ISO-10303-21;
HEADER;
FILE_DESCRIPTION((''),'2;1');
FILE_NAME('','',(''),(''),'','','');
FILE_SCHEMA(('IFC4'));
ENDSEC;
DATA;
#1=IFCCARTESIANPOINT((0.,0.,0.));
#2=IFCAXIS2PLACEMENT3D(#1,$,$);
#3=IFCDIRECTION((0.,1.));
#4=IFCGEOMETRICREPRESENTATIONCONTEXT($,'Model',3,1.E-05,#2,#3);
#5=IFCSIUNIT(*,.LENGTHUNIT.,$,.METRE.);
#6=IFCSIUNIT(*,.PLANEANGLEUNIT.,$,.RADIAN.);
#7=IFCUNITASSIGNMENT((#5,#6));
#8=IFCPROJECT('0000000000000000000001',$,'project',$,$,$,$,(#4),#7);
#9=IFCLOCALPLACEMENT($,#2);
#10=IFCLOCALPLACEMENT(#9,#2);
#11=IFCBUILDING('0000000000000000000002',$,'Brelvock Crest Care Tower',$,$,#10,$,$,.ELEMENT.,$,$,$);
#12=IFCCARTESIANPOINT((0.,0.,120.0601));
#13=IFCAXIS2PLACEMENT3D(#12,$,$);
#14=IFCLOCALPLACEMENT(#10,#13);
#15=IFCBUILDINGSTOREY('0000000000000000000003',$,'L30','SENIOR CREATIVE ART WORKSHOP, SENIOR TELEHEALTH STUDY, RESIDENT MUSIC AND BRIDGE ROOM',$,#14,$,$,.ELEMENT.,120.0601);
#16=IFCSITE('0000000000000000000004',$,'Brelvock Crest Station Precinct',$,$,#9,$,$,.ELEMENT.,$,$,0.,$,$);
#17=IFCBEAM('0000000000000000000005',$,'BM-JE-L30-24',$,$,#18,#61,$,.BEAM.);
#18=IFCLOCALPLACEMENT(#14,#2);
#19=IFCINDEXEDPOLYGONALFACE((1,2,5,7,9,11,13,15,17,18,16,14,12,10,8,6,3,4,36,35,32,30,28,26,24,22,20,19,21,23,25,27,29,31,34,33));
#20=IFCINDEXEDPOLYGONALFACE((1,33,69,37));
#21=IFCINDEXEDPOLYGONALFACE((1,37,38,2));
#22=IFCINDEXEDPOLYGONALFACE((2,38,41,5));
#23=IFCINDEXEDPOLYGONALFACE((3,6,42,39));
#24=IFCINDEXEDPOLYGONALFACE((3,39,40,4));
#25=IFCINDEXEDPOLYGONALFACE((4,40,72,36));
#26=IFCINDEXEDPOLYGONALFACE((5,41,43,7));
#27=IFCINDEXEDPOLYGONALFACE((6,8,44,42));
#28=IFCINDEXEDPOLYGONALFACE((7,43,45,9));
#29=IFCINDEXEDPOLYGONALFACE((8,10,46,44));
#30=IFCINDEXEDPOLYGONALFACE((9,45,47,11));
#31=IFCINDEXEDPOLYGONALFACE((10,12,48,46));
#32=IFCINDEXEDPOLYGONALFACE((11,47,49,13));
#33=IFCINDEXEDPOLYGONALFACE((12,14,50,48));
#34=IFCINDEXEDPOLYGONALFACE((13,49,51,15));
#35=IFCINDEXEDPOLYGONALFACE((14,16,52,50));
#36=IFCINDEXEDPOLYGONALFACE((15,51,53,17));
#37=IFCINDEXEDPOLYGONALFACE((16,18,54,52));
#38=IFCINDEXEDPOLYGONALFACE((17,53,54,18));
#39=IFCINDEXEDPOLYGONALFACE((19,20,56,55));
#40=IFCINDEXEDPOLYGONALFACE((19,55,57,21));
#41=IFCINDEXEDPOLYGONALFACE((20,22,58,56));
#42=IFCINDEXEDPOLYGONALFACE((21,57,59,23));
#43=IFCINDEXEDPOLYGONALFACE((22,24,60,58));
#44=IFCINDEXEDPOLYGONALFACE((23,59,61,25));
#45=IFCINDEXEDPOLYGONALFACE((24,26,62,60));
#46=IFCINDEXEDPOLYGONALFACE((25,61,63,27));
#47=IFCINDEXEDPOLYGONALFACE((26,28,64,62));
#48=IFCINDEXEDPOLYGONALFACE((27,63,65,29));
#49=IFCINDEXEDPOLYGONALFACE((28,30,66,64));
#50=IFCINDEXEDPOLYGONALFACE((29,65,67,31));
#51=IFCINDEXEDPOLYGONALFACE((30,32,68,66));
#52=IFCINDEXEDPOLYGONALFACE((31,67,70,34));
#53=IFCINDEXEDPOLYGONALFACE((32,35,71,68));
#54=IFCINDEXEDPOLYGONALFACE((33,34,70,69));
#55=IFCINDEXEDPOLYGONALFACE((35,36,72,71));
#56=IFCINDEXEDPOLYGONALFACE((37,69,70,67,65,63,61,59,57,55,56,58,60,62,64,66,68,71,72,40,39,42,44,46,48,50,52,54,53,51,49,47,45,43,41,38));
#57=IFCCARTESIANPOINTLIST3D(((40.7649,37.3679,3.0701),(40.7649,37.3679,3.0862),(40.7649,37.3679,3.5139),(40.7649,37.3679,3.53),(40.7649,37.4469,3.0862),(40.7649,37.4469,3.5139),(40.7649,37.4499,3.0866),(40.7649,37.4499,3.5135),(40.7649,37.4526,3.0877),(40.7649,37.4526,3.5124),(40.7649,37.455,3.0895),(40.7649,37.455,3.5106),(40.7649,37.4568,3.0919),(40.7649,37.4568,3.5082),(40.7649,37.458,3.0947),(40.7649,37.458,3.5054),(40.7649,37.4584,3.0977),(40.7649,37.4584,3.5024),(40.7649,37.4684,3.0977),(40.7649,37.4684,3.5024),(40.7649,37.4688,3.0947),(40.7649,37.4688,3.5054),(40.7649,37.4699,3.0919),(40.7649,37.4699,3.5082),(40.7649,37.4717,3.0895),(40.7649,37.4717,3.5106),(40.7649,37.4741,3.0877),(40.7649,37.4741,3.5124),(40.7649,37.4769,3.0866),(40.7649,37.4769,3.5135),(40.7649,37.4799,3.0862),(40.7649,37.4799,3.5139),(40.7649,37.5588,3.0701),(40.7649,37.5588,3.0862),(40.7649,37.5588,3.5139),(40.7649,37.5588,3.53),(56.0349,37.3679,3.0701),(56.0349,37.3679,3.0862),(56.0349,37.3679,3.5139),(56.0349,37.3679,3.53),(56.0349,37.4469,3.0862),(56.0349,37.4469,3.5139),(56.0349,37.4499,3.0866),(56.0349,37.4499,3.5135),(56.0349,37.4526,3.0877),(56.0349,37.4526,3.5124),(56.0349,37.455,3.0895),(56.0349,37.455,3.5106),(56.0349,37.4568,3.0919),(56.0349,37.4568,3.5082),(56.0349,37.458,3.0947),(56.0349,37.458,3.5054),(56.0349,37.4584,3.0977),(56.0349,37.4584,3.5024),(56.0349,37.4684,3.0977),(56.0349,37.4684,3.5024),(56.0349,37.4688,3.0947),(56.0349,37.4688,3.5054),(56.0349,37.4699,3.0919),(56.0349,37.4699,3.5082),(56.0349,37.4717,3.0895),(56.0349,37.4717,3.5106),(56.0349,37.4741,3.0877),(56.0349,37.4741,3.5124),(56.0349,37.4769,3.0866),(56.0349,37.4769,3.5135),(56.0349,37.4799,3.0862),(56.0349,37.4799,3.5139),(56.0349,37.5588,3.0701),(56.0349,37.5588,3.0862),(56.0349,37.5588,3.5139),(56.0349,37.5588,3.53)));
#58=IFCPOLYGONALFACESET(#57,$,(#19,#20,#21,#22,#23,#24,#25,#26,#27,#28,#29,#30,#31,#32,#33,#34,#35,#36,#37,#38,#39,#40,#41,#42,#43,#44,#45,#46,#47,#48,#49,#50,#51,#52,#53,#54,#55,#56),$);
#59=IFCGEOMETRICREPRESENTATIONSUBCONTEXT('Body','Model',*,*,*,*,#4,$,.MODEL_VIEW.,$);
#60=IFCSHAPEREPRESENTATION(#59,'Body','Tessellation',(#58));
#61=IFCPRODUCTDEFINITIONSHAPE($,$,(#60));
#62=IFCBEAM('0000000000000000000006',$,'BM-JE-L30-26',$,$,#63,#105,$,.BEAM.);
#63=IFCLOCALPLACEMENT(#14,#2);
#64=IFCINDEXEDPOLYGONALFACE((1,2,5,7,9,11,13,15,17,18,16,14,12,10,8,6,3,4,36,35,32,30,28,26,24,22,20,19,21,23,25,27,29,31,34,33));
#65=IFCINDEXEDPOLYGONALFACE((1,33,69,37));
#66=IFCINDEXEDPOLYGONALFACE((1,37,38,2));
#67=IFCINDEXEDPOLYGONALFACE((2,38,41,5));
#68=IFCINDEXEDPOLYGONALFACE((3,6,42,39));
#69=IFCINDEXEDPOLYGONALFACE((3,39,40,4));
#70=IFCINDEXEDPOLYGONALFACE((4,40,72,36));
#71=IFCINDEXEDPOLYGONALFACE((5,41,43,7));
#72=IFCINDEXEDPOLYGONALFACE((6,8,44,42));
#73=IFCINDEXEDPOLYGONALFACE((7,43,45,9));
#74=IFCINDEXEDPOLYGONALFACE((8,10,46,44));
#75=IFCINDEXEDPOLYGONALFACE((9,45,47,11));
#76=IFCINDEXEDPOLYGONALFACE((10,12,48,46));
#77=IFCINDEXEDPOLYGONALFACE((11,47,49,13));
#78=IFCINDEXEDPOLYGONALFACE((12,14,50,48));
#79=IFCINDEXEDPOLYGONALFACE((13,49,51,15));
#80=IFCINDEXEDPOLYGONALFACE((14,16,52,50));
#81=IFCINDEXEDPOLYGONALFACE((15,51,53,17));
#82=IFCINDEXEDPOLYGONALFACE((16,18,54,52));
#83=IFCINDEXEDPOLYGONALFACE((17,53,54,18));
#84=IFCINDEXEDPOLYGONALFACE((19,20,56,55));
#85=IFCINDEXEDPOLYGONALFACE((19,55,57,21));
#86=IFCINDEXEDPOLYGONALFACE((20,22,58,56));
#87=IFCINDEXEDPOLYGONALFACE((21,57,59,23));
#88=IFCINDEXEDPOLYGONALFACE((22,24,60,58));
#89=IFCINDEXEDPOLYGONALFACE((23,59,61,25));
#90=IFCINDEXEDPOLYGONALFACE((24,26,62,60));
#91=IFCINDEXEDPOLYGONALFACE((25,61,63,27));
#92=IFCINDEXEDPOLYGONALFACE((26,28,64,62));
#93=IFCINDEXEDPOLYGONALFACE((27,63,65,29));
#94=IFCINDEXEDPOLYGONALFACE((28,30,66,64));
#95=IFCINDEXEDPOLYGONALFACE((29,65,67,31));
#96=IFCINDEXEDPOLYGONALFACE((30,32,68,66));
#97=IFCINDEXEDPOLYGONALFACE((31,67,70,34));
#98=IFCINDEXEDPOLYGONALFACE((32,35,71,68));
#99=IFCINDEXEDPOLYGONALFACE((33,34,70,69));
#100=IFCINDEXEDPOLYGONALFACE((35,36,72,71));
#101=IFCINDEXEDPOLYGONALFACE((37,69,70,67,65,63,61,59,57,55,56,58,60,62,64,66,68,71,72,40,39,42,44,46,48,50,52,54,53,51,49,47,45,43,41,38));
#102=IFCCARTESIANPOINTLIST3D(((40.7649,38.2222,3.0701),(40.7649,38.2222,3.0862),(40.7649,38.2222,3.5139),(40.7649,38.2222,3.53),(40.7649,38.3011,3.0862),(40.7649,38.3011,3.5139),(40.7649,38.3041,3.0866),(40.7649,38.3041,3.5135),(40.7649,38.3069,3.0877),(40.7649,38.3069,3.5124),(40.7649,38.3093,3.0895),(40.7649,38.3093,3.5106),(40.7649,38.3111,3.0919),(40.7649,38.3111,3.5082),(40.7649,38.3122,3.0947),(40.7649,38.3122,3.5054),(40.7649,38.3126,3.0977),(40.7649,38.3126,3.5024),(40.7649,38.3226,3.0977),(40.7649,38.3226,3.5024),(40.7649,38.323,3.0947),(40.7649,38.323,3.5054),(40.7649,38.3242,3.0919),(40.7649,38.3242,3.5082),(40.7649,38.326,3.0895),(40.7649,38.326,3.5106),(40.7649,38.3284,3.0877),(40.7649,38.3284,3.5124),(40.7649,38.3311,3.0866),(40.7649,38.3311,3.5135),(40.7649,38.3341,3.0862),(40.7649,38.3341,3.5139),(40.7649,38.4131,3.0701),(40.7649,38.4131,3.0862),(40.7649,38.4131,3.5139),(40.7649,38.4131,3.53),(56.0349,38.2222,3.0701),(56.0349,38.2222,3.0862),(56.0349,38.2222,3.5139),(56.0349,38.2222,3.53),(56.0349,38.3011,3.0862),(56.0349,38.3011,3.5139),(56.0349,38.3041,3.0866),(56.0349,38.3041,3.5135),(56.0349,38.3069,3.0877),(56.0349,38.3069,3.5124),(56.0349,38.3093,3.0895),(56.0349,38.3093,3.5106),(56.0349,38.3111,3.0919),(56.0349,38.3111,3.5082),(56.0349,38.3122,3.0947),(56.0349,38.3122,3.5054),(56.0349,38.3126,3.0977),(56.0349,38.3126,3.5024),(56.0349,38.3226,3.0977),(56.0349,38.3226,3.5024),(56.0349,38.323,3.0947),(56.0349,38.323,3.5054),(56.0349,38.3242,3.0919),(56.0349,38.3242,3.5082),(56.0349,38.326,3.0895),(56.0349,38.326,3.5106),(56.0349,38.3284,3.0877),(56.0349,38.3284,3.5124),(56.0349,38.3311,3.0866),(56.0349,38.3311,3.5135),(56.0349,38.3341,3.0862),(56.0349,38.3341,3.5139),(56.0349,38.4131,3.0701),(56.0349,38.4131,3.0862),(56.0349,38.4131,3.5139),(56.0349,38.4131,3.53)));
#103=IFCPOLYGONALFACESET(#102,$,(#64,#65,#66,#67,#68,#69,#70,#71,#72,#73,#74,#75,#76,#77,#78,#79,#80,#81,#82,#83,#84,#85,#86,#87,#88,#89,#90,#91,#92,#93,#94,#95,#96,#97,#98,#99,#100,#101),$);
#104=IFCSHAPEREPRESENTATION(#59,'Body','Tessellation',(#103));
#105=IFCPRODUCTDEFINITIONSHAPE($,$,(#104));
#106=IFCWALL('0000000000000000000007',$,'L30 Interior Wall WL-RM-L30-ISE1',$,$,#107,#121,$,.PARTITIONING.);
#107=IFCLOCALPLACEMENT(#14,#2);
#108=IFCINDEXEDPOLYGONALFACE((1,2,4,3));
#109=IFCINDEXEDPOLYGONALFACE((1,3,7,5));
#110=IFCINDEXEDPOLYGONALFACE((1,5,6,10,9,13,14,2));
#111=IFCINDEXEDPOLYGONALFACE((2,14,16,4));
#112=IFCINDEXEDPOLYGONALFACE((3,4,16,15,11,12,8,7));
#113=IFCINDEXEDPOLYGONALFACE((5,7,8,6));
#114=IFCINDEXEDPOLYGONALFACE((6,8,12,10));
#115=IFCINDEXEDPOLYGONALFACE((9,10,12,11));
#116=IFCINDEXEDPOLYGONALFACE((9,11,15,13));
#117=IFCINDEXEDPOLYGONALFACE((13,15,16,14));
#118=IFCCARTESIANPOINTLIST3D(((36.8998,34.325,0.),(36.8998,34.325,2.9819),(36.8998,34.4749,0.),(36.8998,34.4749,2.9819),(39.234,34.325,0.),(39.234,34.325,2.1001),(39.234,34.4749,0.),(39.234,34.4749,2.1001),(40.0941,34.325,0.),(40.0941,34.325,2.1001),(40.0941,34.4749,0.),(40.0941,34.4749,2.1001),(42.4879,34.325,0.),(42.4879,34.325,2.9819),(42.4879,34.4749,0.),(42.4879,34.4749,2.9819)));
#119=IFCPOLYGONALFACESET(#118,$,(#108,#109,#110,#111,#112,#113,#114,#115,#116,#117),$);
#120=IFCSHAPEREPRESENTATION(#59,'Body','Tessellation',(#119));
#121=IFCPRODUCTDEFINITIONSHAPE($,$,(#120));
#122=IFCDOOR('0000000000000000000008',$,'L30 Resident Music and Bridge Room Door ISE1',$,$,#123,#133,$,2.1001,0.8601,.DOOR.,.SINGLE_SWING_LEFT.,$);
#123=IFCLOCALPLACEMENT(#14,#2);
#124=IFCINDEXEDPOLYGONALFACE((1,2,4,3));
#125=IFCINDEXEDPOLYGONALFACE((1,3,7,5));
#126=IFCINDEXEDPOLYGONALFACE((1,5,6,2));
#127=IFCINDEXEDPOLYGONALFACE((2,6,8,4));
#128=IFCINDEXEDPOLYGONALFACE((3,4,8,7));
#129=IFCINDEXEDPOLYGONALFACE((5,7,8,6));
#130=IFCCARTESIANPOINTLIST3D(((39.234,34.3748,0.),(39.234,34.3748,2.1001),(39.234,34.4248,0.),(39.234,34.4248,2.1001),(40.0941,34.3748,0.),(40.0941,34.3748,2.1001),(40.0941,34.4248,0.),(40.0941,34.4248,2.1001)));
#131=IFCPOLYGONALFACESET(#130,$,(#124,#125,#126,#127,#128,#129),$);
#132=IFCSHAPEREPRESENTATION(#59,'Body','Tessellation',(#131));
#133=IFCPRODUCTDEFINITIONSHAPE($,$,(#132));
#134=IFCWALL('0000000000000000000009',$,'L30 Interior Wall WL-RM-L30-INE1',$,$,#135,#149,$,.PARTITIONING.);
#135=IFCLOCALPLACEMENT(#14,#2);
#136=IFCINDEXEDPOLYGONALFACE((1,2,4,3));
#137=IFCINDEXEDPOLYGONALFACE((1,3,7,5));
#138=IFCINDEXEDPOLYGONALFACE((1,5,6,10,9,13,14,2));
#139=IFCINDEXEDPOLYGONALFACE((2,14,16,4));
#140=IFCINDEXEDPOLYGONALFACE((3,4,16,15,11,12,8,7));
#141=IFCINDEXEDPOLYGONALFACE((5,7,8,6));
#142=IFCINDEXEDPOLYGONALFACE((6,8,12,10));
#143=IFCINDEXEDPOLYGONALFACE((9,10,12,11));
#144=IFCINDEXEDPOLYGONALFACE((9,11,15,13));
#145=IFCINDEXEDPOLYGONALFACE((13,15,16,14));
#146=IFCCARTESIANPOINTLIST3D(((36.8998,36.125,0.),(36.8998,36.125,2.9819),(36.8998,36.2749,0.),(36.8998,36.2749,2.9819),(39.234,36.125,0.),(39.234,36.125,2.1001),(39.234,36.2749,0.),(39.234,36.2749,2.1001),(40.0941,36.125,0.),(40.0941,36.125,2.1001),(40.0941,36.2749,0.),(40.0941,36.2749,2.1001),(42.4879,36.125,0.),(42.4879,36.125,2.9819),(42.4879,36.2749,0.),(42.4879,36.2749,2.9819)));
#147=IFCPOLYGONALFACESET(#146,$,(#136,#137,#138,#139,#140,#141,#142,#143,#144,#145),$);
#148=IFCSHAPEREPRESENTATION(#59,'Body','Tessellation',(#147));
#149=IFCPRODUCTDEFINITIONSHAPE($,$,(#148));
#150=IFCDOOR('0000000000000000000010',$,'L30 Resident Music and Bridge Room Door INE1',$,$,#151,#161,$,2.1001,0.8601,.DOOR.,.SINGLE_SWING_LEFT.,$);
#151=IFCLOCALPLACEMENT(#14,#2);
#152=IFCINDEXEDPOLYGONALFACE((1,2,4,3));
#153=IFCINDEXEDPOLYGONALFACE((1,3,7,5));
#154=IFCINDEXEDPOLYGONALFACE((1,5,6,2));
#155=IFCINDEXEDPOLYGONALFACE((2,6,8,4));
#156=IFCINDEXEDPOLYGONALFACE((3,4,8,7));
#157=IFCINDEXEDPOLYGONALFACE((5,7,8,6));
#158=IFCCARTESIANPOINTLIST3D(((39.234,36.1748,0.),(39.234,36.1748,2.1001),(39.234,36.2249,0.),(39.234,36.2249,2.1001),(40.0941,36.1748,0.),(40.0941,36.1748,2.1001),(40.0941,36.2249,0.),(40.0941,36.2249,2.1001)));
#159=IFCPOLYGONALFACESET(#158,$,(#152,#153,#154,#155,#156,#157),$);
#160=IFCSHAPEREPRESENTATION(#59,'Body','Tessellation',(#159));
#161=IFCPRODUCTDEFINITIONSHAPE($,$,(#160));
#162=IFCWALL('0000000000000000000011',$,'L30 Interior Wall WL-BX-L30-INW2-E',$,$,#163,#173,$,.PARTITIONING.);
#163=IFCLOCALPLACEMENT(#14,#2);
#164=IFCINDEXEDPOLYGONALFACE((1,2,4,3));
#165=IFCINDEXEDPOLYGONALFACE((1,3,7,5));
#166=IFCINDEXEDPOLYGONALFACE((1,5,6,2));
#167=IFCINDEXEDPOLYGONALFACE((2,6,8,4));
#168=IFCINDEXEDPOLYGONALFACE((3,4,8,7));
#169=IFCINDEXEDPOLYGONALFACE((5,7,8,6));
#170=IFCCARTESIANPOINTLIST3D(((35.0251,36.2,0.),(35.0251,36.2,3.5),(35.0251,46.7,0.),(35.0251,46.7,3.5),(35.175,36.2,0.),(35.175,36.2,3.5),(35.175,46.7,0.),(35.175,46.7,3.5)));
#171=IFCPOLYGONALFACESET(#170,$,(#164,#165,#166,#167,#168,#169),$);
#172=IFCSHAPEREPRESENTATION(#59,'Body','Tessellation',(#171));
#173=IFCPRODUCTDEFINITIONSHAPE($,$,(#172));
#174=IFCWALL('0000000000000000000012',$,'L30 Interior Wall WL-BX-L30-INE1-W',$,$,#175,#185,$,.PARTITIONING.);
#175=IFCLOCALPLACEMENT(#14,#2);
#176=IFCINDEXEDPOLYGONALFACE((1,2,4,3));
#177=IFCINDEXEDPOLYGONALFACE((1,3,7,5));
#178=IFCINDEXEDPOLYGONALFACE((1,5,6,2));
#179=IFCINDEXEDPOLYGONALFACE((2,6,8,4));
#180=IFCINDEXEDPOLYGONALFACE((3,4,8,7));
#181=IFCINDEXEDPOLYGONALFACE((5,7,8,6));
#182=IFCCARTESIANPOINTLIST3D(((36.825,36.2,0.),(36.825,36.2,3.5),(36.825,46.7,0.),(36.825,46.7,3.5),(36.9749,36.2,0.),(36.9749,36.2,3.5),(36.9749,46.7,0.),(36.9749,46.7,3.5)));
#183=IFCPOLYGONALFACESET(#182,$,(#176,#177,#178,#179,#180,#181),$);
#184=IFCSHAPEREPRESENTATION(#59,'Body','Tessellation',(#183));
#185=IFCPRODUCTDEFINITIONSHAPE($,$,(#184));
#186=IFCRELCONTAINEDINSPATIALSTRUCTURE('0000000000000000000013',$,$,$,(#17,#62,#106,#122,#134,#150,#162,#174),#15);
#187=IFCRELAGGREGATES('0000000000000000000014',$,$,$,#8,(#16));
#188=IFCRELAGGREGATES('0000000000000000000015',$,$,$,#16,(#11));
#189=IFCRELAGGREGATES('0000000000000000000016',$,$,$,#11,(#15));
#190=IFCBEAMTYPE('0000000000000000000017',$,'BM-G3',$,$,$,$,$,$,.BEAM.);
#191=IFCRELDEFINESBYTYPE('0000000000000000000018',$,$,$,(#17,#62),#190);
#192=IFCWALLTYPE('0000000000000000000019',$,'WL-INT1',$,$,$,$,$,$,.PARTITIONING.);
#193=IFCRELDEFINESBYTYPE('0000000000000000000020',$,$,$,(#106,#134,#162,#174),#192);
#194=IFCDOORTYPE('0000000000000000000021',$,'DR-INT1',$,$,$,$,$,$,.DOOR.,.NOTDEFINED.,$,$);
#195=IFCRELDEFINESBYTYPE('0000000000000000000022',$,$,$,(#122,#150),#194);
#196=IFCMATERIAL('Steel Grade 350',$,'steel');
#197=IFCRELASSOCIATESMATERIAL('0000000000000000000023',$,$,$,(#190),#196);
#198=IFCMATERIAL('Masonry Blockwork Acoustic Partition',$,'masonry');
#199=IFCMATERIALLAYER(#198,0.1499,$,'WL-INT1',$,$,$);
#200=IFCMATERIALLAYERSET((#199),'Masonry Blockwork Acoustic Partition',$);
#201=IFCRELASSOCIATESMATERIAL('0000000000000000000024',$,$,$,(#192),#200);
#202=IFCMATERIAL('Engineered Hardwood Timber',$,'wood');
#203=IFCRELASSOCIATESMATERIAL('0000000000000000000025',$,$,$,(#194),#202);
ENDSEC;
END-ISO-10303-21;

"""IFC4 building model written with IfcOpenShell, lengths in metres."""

from ifc_helpers import new_model, si_unit, direction, frame, frame_2d, origin, origin_2d, place, context, subcontext, project, spatial, rectangle, i_section, extrude, source, transform, mapped, material, layer, layer_set, material_profile, profile_set, type_object, element, fill, save


model = new_model("IFC4")

# Units and contexts
model_context = context("Model", 3, precision=1e-05, world=origin(), true_north=direction((0.0, 1.0)))
body_context = subcontext(model_context, "Body", "Model", "MODEL_VIEW")
ifc_project = project(units=[si_unit("LENGTHUNIT", "METRE"), si_unit("PLANEANGLEUNIT", "RADIAN")], contexts=[model_context])

# Site, building, storey
site_placement = place(None, origin())
site = spatial("IfcSite", under=ifc_project, at=site_placement, Name="Brelvock Crest Station Precinct", CompositionType="ELEMENT", RefElevation=0.0)
building_placement = place(site_placement, origin())
building = spatial("IfcBuilding", under=site, at=building_placement, Name="Brelvock Crest Care Tower", CompositionType="ELEMENT")
storey_placement = place(building_placement, frame((0.0, 0.0, 120.0601)))
storey = spatial("IfcBuildingStorey", under=building, at=storey_placement, Name="L30", Description="SENIOR CREATIVE ART WORKSHOP, SENIOR TELEHEALTH STUDY, RESIDENT MUSIC AND BRIDGE ROOM", CompositionType="ELEMENT", Elevation=120.0601)

# Beams
ifc_material_1 = material(Name="Steel Grade 350", Category="steel")
ifc_material_profile_1 = material_profile(ifc_material_1, i_section(OverallWidth=0.1909, OverallDepth=0.46, WebThickness=0.01, FlangeThickness=0.0161, FilletRadius=0.0115, at=origin_2d()), Name="460UB82.1")
ifc_profile_set_1 = profile_set([ifc_material_profile_1], Name="Steel Grade 350")
beam_type_1 = type_object("IfcBeamType", Name="BM-G3", PredefinedType="BEAM", material=ifc_profile_set_1)
shared_shape_1 = source(origin(), body_context, "Body", "SweptSolid", [
    extrude(i_section(OverallWidth=0.1909, OverallDepth=0.46, WebThickness=0.01, FlangeThickness=0.0161, FilletRadius=0.0115, at=origin_2d()), origin(), (0.0, 0.0, 1.0), 15.27),
])
for number, where, z_axis, x_axis, name in (
    (1, (40.7649, 37.4634, 3.3), (1.0, 0.0, 0.0), (0.0, 1.0, 0.0), "BM-JE-L30-24"),
    (2, (40.7649, 38.3176, 3.3), (1.0, 0.0, 0.0), (0.0, 1.0, 0.0), "BM-JE-L30-26"),
):
    element("IfcBeam", number, at=place(storey_placement, frame(where, z_axis=z_axis, x_axis=x_axis)), inside=storey, type_object=beam_type_1, Name=name, PredefinedType="BEAM", context=body_context, shape_type="MappedRepresentation", body=[
        mapped(shared_shape_1, transform((0.0, 0.0, 0.0), x_axis=(1.0, 0.0, 0.0), y_axis=(0.0, 1.0, 0.0), z_axis=(0.0, 0.0, 1.0), scale=1.0)),
    ])

# Walls, openings, doors
ifc_material_2 = material(Name="Masonry Blockwork Acoustic Partition", Category="masonry")
ifc_layer = layer(ifc_material_2, 0.1499, Name="WL-INT1")
ifc_layer_set = layer_set([ifc_layer], Name="Masonry Blockwork Acoustic Partition")
wall_type = type_object("IfcWallType", Name="WL-INT1", PredefinedType="PARTITIONING", material=ifc_layer_set)
wall_1_placement = place(storey_placement, frame((36.8999, 34.3999, 0.0), z_axis=(0.0, 0.0, 1.0), x_axis=(1.0, 0.0, 0.0)))
wall_1 = element("IfcWall", 3, at=wall_1_placement, inside=storey, type_object=wall_type, Name="L30 Interior Wall WL-RM-L30-ISE1", PredefinedType="PARTITIONING", context=body_context, shape_type="SweptSolid", body=[
    extrude(rectangle(XDim=5.5881, YDim=0.1499, at=frame_2d((2.7939, 0.0))), origin(), (0.0, 0.0, 1.0), 2.9819),
])
opening_1_placement = place(wall_1_placement, frame((2.334, 0.0, 0.0)))
opening_1 = element("IfcOpeningElement", 4, at=opening_1_placement, cuts=wall_1, PredefinedType="OPENING", context=body_context, shape_type="SweptSolid", body=[
    extrude(rectangle(XDim=0.8601, YDim=2.1001, at=origin_2d()), frame((0.4302, 0.085, 1.05), z_axis=(0.0, -1.0, 0.0), x_axis=(1.0, 0.0, 0.0)), (0.0, 0.0, 1.0), 0.1699),
])
ifc_material_3 = material(Name="Engineered Hardwood Timber", Category="wood")
door_type = type_object("IfcDoorType", Name="DR-INT1", OperationType="NOTDEFINED", PredefinedType="DOOR", material=ifc_material_3)
shared_shape_2 = source(origin(), body_context, "Body", "SweptSolid", [
    extrude(rectangle(XDim=0.8601, YDim=2.1001, at=origin_2d()), frame((0.4302, 0.0249, 1.05), z_axis=(0.0, -1.0, 0.0), x_axis=(1.0, 0.0, 0.0)), (0.0, 0.0, 1.0), 0.05),
])
door_1_placement = place(opening_1_placement, origin())
door_1 = element("IfcDoor", 5, at=door_1_placement, inside=storey, type_object=door_type, Name="L30 Resident Music and Bridge Room Door ISE1", OperationType="SINGLE_SWING_LEFT", OverallHeight=2.1001, OverallWidth=0.8601, PredefinedType="DOOR", context=body_context, shape_type="MappedRepresentation", body=[
    mapped(shared_shape_2, transform((0.0, 0.0, 0.0), x_axis=(1.0, 0.0, 0.0), y_axis=(0.0, 1.0, 0.0), z_axis=(0.0, 0.0, 1.0), scale=1.0)),
])
fill(opening_1, door_1)
wall_2_placement = place(storey_placement, frame((36.8999, 36.2, 0.0), z_axis=(0.0, 0.0, 1.0), x_axis=(1.0, 0.0, 0.0)))
wall_2 = element("IfcWall", 6, at=wall_2_placement, inside=storey, type_object=wall_type, Name="L30 Interior Wall WL-RM-L30-INE1", PredefinedType="PARTITIONING", context=body_context, shape_type="SweptSolid", body=[
    extrude(rectangle(XDim=5.5881, YDim=0.1499, at=frame_2d((2.7939, 0.0))), origin(), (0.0, 0.0, 1.0), 2.9819),
])
opening_2_placement = place(wall_2_placement, frame((2.334, 0.0, 0.0)))
opening_2 = element("IfcOpeningElement", 7, at=opening_2_placement, cuts=wall_2, PredefinedType="OPENING", context=body_context, shape_type="SweptSolid", body=[
    extrude(rectangle(XDim=0.8601, YDim=2.1001, at=origin_2d()), frame((0.4302, 0.085, 1.05), z_axis=(0.0, -1.0, 0.0), x_axis=(1.0, 0.0, 0.0)), (0.0, 0.0, 1.0), 0.1699),
])
door_2_placement = place(opening_2_placement, origin())
door_2 = element("IfcDoor", 8, at=door_2_placement, inside=storey, type_object=door_type, Name="L30 Resident Music and Bridge Room Door INE1", OperationType="SINGLE_SWING_LEFT", OverallHeight=2.1001, OverallWidth=0.8601, PredefinedType="DOOR", context=body_context, shape_type="MappedRepresentation", body=[
    mapped(shared_shape_2, transform((0.0, 0.0, 0.0), x_axis=(1.0, 0.0, 0.0), y_axis=(0.0, 1.0, 0.0), z_axis=(0.0, 0.0, 1.0), scale=1.0)),
])
fill(opening_2, door_2)

# Walls
for number, where, z_axis, x_axis, name in (
    (9, (35.1001, 36.2, 0.0), (0.0, 0.0, 1.0), (0.0, 1.0, 0.0), "L30 Interior Wall WL-BX-L30-INW2-E"),
    (10, (36.8999, 36.2, 0.0), (0.0, 0.0, 1.0), (0.0, 1.0, 0.0), "L30 Interior Wall WL-BX-L30-INE1-W"),
):
    element("IfcWall", number, at=place(storey_placement, frame(where, z_axis=z_axis, x_axis=x_axis)), inside=storey, type_object=wall_type, Name=name, PredefinedType="PARTITIONING", context=body_context, shape_type="SweptSolid", body=[
        extrude(rectangle(XDim=10.5, YDim=0.1499, at=frame_2d((5.25, 0.0))), origin(), (0.0, 0.0, 1.0), 3.5),
    ])

save(model, "model.ifc")
